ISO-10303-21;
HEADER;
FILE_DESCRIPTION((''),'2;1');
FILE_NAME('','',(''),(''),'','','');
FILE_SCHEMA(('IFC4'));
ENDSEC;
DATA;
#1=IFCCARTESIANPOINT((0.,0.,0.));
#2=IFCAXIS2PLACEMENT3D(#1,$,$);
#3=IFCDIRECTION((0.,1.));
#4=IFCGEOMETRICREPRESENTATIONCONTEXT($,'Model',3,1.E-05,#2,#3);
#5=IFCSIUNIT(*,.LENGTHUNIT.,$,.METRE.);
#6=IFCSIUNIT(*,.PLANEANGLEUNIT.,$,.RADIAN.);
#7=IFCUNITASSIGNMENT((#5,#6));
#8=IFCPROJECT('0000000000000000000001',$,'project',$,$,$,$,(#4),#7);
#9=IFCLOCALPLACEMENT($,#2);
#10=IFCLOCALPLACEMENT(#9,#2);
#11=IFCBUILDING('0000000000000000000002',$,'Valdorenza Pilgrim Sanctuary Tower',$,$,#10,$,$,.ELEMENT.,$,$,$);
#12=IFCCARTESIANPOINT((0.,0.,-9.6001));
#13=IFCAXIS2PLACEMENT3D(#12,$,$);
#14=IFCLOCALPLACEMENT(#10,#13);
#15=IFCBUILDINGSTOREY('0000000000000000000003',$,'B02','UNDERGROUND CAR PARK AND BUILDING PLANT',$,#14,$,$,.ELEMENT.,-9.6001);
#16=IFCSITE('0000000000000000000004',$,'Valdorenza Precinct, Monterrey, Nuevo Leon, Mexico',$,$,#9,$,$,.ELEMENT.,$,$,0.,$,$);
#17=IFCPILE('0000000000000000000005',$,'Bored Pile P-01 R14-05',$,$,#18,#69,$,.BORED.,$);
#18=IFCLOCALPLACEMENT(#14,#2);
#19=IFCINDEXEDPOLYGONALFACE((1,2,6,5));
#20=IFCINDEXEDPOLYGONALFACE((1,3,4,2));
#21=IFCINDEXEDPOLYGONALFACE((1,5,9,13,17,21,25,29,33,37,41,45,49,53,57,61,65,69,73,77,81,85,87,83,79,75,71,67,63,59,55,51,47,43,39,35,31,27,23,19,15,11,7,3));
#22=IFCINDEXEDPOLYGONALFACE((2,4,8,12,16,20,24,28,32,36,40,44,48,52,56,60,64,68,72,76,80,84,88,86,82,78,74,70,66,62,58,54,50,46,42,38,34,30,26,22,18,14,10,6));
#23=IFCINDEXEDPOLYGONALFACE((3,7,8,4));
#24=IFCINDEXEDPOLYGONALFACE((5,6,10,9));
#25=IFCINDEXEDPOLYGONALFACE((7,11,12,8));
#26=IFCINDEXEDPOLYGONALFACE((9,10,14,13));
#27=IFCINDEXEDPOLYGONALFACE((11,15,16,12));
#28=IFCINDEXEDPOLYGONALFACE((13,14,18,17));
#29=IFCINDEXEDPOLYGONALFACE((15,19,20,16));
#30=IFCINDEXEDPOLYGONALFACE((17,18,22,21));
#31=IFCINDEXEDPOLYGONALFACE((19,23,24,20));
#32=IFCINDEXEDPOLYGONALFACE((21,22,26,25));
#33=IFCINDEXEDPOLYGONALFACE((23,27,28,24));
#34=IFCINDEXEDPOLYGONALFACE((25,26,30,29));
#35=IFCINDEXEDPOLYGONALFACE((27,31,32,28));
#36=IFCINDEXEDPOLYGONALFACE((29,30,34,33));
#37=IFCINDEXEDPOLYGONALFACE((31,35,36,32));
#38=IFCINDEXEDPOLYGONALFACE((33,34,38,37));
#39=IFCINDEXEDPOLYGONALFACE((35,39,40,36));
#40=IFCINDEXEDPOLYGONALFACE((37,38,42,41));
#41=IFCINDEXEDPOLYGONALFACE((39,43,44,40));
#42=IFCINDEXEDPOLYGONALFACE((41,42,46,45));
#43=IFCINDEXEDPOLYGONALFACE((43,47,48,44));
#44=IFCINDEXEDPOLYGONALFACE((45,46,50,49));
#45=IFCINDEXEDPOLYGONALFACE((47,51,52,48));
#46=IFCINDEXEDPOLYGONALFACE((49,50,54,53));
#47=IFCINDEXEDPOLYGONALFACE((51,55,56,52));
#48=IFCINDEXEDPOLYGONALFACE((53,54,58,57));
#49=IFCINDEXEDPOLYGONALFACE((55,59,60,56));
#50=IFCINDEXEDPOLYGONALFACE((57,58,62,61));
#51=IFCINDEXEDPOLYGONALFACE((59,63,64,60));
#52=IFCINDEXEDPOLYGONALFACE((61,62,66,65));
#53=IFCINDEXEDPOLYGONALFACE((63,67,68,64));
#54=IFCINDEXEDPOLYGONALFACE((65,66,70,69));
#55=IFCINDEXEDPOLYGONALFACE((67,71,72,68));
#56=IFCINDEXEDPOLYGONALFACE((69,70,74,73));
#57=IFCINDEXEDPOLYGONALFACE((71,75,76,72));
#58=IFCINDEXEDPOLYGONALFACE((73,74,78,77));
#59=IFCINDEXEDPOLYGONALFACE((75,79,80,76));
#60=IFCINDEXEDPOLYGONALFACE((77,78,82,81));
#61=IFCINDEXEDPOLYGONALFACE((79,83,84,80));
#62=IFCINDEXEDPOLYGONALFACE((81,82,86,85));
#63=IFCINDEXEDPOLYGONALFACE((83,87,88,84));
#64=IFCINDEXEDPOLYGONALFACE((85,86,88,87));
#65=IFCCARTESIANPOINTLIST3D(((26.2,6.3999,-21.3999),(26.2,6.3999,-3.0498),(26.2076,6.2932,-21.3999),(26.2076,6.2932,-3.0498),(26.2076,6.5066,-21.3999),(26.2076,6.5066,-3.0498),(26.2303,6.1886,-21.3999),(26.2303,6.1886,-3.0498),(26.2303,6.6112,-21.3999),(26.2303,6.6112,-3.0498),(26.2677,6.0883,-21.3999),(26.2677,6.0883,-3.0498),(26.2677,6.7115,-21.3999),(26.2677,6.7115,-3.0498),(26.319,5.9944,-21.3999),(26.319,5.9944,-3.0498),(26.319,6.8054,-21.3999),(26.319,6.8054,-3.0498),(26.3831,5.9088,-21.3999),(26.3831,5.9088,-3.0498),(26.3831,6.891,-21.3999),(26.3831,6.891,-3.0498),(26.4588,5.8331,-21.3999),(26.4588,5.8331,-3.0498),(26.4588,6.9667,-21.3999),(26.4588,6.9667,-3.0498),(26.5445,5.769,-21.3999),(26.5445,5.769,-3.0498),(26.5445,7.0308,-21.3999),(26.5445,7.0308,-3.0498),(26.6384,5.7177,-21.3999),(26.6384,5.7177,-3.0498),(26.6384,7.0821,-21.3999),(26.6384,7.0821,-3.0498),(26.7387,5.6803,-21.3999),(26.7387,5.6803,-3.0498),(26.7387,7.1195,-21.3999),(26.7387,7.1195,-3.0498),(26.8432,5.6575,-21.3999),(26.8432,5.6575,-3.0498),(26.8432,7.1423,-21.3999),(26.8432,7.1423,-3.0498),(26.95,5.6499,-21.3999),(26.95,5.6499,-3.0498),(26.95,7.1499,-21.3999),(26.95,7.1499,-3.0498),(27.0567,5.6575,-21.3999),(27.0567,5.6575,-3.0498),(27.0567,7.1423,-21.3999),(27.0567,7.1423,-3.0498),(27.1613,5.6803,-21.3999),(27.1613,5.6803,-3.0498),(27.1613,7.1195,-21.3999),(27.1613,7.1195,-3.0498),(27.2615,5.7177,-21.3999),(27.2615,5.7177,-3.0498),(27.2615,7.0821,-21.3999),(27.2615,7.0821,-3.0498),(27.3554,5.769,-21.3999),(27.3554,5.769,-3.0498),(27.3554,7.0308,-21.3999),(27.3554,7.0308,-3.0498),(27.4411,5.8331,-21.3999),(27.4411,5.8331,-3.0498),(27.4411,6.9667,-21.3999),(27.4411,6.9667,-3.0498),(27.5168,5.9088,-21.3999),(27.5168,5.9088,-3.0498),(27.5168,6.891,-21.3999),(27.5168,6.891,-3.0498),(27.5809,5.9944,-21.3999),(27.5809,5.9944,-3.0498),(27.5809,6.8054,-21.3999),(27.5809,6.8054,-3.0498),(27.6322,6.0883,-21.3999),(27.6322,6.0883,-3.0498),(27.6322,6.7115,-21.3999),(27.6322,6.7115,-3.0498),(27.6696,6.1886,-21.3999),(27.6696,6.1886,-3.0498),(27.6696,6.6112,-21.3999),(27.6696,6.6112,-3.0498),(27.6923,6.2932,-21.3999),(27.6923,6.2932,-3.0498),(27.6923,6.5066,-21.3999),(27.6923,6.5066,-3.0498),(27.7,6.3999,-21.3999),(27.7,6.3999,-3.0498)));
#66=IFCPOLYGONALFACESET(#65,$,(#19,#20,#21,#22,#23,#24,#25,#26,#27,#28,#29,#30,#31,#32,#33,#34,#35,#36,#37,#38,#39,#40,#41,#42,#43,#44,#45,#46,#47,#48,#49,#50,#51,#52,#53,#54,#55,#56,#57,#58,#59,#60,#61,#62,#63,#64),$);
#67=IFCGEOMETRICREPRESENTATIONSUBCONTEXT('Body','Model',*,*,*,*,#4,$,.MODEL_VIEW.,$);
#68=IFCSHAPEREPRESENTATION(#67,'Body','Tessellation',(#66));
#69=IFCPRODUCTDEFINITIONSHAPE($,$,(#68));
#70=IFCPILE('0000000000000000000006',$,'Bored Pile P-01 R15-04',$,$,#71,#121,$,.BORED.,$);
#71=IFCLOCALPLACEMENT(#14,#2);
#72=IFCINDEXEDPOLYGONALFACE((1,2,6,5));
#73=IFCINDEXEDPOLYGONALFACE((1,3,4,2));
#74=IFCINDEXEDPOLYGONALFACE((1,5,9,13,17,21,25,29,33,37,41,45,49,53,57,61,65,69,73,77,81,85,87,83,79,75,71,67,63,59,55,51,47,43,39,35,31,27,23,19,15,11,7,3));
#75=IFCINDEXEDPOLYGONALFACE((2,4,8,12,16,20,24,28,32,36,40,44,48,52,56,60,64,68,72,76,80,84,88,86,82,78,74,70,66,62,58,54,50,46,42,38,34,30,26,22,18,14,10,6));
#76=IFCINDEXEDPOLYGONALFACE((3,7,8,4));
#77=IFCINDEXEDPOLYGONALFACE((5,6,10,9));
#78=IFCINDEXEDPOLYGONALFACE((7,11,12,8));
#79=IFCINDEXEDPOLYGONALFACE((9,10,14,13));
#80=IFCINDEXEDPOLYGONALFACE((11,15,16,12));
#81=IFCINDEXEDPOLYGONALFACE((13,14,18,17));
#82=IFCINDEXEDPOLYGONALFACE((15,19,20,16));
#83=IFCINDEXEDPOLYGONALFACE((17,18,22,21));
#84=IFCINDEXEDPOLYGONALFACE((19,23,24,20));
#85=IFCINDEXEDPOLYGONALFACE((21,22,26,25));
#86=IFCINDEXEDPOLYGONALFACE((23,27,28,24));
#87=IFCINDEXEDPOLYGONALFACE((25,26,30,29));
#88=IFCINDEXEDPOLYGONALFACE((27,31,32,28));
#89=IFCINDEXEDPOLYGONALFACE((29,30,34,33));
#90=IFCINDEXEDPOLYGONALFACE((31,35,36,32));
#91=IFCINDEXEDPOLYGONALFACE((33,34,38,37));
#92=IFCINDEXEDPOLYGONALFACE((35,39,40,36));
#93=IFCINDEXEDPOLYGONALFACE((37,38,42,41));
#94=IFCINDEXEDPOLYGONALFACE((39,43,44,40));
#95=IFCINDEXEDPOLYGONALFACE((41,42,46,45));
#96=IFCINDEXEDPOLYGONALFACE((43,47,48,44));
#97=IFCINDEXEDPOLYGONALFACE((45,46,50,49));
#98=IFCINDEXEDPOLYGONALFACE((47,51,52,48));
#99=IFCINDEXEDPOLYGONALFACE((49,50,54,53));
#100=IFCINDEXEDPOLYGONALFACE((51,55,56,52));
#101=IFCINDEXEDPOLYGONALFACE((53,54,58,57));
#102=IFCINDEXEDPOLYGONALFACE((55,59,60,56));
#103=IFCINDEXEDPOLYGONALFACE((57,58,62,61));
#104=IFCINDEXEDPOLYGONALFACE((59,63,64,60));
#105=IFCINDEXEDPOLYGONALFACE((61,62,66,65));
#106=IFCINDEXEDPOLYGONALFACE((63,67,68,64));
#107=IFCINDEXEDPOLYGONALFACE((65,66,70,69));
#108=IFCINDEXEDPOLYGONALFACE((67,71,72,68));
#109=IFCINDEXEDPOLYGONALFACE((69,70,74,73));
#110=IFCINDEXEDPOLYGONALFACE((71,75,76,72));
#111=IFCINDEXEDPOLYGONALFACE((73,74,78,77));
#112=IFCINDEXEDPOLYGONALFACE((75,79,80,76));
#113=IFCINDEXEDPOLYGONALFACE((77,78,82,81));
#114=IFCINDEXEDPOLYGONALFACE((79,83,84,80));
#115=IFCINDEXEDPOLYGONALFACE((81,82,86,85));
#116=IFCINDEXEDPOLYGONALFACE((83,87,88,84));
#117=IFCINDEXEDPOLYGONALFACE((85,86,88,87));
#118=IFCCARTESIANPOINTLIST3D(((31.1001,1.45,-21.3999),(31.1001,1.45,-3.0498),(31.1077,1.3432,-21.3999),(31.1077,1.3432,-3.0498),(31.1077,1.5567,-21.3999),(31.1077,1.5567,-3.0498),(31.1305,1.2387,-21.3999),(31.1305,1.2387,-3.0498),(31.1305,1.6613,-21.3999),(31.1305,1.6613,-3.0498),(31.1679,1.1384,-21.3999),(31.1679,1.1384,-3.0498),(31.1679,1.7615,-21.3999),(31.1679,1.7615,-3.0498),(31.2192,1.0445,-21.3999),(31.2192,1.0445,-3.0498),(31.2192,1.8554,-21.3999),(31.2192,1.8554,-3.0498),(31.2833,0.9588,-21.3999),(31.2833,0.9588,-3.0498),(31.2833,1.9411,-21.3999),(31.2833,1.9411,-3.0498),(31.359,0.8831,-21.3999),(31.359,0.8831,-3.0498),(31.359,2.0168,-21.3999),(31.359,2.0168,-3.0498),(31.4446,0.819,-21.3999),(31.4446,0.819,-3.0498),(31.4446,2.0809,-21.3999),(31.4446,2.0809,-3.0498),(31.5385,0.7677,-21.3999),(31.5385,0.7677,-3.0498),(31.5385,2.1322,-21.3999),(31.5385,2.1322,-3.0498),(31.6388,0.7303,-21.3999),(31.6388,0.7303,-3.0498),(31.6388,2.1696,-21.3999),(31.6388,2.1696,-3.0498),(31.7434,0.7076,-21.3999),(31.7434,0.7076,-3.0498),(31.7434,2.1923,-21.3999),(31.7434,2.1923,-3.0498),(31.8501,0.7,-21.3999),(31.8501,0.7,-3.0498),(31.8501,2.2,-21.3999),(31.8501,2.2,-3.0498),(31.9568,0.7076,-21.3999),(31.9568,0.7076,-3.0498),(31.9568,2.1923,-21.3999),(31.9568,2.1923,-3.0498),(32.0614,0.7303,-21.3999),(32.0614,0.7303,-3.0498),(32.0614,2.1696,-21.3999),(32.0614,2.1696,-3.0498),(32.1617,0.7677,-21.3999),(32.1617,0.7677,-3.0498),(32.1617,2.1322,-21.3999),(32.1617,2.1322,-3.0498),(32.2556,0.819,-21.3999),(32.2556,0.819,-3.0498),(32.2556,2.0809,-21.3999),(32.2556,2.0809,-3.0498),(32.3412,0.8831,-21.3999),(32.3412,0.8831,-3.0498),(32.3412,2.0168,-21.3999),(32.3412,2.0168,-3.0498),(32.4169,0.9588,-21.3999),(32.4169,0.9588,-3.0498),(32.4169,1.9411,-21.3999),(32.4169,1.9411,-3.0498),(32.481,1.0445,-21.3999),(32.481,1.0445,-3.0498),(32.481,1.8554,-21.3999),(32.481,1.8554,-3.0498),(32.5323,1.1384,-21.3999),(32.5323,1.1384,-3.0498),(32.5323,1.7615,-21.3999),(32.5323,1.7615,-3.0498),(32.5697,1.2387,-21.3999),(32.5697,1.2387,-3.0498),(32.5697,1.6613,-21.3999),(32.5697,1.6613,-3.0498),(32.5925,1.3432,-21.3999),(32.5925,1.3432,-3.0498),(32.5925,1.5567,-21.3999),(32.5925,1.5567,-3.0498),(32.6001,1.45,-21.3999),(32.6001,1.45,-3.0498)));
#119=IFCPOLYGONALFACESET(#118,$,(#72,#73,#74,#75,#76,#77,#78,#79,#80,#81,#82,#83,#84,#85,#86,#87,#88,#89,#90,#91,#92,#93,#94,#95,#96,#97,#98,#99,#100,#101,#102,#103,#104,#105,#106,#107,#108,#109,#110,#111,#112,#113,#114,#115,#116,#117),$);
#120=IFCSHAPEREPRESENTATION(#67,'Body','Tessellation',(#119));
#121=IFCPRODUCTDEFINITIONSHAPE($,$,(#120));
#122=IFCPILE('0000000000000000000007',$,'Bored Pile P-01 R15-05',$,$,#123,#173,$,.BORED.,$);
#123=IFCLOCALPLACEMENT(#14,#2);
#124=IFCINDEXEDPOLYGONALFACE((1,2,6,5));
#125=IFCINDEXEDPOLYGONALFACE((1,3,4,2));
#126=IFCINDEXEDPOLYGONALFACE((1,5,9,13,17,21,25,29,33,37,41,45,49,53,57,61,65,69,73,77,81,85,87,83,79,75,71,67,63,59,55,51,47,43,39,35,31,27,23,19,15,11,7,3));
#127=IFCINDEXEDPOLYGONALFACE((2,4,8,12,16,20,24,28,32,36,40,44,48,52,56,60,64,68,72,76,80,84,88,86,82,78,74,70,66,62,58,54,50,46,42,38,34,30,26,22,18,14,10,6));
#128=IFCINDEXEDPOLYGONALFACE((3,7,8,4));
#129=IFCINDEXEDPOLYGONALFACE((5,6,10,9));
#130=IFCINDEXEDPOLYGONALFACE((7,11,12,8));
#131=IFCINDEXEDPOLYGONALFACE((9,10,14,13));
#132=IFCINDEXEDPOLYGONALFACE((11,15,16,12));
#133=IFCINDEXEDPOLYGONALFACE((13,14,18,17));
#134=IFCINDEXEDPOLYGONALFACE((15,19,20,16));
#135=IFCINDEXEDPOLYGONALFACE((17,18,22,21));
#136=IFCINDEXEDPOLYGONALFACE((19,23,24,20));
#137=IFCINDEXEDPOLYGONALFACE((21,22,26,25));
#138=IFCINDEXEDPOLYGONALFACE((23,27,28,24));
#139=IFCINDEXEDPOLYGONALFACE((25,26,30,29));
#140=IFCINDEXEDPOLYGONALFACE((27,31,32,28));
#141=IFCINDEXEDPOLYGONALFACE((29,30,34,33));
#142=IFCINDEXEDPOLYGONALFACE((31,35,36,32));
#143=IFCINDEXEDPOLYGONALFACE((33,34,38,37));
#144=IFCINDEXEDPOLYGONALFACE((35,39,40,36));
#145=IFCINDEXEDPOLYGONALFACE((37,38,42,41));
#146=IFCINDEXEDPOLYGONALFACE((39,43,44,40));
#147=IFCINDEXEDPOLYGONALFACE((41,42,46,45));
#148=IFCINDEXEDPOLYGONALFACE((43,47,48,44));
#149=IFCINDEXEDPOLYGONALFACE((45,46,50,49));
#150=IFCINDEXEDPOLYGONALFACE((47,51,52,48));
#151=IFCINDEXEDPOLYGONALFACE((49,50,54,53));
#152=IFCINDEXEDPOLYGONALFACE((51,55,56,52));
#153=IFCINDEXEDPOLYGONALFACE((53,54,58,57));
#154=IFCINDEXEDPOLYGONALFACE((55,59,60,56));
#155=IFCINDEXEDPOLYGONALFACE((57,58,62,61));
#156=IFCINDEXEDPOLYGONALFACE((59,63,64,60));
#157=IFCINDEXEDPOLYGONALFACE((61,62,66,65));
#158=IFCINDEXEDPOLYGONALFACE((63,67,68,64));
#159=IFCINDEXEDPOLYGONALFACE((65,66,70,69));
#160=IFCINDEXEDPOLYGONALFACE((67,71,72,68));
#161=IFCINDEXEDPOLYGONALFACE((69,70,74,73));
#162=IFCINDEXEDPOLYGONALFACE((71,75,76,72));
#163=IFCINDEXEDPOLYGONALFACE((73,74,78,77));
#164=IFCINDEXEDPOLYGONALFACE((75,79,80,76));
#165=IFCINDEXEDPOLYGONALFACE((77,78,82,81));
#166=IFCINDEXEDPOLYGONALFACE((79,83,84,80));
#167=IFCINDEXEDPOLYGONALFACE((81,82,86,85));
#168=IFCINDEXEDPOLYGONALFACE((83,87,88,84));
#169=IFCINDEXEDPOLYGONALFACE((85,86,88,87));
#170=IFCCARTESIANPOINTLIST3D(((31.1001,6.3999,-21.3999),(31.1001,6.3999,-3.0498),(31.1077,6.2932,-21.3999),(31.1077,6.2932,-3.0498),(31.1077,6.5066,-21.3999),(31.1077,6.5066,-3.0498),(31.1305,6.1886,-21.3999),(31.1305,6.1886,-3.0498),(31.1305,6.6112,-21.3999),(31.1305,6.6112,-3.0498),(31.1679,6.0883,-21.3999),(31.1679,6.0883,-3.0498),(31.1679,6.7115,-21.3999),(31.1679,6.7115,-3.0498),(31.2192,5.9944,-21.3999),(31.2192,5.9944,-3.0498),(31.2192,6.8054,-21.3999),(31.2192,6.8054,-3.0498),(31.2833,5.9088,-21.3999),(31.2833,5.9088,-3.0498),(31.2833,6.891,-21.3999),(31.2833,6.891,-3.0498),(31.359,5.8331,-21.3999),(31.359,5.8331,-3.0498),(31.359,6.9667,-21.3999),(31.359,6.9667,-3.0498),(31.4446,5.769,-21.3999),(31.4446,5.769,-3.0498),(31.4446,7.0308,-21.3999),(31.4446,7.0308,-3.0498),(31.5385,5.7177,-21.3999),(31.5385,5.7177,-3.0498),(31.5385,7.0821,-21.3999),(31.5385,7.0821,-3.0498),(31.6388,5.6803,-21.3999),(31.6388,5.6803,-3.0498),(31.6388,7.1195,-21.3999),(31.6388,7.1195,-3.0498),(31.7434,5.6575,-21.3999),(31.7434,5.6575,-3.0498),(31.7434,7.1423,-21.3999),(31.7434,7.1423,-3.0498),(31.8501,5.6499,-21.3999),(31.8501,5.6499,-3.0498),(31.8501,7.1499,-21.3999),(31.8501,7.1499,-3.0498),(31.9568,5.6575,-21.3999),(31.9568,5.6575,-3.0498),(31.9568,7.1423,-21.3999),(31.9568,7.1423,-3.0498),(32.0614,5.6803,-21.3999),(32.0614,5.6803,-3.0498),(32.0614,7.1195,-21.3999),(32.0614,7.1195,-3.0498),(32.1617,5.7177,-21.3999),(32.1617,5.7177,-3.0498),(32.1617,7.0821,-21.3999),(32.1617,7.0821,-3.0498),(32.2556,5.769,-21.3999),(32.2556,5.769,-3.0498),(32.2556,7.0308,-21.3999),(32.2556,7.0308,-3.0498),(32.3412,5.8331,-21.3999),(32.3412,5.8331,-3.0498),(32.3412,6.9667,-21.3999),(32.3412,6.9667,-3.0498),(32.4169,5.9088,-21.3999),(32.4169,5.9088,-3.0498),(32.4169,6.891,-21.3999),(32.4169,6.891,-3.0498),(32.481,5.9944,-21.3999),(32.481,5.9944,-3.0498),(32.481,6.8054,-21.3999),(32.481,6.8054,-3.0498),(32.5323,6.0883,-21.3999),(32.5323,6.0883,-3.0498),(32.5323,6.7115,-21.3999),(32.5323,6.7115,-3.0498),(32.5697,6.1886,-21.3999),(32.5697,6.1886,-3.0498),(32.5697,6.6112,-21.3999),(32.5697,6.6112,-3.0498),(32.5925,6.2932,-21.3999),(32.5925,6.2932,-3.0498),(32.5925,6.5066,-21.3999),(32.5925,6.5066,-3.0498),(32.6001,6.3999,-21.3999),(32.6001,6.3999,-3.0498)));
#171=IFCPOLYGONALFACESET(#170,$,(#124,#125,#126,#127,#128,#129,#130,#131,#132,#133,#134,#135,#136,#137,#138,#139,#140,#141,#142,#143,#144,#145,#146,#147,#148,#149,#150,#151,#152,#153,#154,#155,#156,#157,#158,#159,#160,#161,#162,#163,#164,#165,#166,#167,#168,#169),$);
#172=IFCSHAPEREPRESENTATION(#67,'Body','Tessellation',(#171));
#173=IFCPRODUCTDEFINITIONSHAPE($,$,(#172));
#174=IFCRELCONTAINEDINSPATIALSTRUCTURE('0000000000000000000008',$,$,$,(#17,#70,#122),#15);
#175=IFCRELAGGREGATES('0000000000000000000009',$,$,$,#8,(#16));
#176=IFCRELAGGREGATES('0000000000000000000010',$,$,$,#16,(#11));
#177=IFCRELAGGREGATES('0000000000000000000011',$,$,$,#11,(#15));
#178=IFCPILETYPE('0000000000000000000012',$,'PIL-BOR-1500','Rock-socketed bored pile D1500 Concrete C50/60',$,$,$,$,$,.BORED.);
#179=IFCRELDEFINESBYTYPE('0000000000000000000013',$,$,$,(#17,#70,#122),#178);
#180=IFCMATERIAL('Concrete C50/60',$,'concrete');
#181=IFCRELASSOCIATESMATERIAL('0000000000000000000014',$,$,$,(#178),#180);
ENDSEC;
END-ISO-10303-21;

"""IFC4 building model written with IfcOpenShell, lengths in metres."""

from ifc_helpers import new_model, si_unit, direction, frame, origin, origin_2d, place, context, subcontext, project, spatial, circle, extrude, source, transform, mapped, material, material_profile, profile_set, type_object, element, save


model = new_model("IFC4")

# Units and contexts
model_context = context("Model", 3, precision=1e-05, world=origin(), true_north=direction((0.0, 1.0)))
body_context = subcontext(model_context, "Body", "Model", "MODEL_VIEW")
ifc_project = project(units=[si_unit("LENGTHUNIT", "METRE"), si_unit("PLANEANGLEUNIT", "RADIAN")], contexts=[model_context])

# Site, building, storey
site_placement = place(None, origin())
site = spatial("IfcSite", under=ifc_project, at=site_placement, Name="Valdorenza Precinct, Monterrey, Nuevo Leon, Mexico", CompositionType="ELEMENT", RefElevation=0.0)
building_placement = place(site_placement, origin())
building = spatial("IfcBuilding", under=site, at=building_placement, Name="Valdorenza Pilgrim Sanctuary Tower", CompositionType="ELEMENT")
storey_placement = place(building_placement, frame((0.0, 0.0, -9.6001)))
storey = spatial("IfcBuildingStorey", under=building, at=storey_placement, Name="B02", Description="UNDERGROUND CAR PARK AND BUILDING PLANT", CompositionType="ELEMENT", Elevation=-9.6001)

# Piles
ifc_material_1 = material(Name="Concrete C50/60", Category="concrete")
ifc_material_profile_1 = material_profile(ifc_material_1, circle(Radius=0.75, at=origin_2d()), Name="BORED PILE 1500")
ifc_profile_set_1 = profile_set([ifc_material_profile_1], Name="Concrete C50/60")
pile_type = type_object("IfcPileType", Name="PIL-BOR-1500", Description="Rock-socketed bored pile D1500 Concrete C50/60", PredefinedType="BORED", material=ifc_profile_set_1)
shared_shape_1 = source(origin(), body_context, "Body", "SweptSolid", [
    extrude(circle(Radius=0.75, at=origin_2d()), origin(), (0.0, 0.0, 1.0), 18.3501),
])
for number, where, z_axis, x_axis, name in (
    (1, (26.95, 6.3999, -3.0498), (0.0, 0.0, -1.0), (1.0, 0.0, 0.0), "Bored Pile P-01 R14-05"),
    (2, (31.8501, 1.45, -3.0498), (0.0, 0.0, -1.0), (1.0, 0.0, 0.0), "Bored Pile P-01 R15-04"),
    (3, (31.8501, 6.3999, -3.0498), (0.0, 0.0, -1.0), (1.0, 0.0, 0.0), "Bored Pile P-01 R15-05"),
):
    element("IfcPile", number, at=place(storey_placement, frame(where, z_axis=z_axis, x_axis=x_axis)), inside=storey, type_object=pile_type, Name=name, PredefinedType="BORED", context=body_context, shape_type="MappedRepresentation", body=[
        mapped(shared_shape_1, transform((0.0, 0.0, 0.0), x_axis=(1.0, 0.0, 0.0), y_axis=(0.0, 1.0, 0.0), z_axis=(0.0, 0.0, 1.0), scale=1.0)),
    ])

save(model, "model.ifc")
